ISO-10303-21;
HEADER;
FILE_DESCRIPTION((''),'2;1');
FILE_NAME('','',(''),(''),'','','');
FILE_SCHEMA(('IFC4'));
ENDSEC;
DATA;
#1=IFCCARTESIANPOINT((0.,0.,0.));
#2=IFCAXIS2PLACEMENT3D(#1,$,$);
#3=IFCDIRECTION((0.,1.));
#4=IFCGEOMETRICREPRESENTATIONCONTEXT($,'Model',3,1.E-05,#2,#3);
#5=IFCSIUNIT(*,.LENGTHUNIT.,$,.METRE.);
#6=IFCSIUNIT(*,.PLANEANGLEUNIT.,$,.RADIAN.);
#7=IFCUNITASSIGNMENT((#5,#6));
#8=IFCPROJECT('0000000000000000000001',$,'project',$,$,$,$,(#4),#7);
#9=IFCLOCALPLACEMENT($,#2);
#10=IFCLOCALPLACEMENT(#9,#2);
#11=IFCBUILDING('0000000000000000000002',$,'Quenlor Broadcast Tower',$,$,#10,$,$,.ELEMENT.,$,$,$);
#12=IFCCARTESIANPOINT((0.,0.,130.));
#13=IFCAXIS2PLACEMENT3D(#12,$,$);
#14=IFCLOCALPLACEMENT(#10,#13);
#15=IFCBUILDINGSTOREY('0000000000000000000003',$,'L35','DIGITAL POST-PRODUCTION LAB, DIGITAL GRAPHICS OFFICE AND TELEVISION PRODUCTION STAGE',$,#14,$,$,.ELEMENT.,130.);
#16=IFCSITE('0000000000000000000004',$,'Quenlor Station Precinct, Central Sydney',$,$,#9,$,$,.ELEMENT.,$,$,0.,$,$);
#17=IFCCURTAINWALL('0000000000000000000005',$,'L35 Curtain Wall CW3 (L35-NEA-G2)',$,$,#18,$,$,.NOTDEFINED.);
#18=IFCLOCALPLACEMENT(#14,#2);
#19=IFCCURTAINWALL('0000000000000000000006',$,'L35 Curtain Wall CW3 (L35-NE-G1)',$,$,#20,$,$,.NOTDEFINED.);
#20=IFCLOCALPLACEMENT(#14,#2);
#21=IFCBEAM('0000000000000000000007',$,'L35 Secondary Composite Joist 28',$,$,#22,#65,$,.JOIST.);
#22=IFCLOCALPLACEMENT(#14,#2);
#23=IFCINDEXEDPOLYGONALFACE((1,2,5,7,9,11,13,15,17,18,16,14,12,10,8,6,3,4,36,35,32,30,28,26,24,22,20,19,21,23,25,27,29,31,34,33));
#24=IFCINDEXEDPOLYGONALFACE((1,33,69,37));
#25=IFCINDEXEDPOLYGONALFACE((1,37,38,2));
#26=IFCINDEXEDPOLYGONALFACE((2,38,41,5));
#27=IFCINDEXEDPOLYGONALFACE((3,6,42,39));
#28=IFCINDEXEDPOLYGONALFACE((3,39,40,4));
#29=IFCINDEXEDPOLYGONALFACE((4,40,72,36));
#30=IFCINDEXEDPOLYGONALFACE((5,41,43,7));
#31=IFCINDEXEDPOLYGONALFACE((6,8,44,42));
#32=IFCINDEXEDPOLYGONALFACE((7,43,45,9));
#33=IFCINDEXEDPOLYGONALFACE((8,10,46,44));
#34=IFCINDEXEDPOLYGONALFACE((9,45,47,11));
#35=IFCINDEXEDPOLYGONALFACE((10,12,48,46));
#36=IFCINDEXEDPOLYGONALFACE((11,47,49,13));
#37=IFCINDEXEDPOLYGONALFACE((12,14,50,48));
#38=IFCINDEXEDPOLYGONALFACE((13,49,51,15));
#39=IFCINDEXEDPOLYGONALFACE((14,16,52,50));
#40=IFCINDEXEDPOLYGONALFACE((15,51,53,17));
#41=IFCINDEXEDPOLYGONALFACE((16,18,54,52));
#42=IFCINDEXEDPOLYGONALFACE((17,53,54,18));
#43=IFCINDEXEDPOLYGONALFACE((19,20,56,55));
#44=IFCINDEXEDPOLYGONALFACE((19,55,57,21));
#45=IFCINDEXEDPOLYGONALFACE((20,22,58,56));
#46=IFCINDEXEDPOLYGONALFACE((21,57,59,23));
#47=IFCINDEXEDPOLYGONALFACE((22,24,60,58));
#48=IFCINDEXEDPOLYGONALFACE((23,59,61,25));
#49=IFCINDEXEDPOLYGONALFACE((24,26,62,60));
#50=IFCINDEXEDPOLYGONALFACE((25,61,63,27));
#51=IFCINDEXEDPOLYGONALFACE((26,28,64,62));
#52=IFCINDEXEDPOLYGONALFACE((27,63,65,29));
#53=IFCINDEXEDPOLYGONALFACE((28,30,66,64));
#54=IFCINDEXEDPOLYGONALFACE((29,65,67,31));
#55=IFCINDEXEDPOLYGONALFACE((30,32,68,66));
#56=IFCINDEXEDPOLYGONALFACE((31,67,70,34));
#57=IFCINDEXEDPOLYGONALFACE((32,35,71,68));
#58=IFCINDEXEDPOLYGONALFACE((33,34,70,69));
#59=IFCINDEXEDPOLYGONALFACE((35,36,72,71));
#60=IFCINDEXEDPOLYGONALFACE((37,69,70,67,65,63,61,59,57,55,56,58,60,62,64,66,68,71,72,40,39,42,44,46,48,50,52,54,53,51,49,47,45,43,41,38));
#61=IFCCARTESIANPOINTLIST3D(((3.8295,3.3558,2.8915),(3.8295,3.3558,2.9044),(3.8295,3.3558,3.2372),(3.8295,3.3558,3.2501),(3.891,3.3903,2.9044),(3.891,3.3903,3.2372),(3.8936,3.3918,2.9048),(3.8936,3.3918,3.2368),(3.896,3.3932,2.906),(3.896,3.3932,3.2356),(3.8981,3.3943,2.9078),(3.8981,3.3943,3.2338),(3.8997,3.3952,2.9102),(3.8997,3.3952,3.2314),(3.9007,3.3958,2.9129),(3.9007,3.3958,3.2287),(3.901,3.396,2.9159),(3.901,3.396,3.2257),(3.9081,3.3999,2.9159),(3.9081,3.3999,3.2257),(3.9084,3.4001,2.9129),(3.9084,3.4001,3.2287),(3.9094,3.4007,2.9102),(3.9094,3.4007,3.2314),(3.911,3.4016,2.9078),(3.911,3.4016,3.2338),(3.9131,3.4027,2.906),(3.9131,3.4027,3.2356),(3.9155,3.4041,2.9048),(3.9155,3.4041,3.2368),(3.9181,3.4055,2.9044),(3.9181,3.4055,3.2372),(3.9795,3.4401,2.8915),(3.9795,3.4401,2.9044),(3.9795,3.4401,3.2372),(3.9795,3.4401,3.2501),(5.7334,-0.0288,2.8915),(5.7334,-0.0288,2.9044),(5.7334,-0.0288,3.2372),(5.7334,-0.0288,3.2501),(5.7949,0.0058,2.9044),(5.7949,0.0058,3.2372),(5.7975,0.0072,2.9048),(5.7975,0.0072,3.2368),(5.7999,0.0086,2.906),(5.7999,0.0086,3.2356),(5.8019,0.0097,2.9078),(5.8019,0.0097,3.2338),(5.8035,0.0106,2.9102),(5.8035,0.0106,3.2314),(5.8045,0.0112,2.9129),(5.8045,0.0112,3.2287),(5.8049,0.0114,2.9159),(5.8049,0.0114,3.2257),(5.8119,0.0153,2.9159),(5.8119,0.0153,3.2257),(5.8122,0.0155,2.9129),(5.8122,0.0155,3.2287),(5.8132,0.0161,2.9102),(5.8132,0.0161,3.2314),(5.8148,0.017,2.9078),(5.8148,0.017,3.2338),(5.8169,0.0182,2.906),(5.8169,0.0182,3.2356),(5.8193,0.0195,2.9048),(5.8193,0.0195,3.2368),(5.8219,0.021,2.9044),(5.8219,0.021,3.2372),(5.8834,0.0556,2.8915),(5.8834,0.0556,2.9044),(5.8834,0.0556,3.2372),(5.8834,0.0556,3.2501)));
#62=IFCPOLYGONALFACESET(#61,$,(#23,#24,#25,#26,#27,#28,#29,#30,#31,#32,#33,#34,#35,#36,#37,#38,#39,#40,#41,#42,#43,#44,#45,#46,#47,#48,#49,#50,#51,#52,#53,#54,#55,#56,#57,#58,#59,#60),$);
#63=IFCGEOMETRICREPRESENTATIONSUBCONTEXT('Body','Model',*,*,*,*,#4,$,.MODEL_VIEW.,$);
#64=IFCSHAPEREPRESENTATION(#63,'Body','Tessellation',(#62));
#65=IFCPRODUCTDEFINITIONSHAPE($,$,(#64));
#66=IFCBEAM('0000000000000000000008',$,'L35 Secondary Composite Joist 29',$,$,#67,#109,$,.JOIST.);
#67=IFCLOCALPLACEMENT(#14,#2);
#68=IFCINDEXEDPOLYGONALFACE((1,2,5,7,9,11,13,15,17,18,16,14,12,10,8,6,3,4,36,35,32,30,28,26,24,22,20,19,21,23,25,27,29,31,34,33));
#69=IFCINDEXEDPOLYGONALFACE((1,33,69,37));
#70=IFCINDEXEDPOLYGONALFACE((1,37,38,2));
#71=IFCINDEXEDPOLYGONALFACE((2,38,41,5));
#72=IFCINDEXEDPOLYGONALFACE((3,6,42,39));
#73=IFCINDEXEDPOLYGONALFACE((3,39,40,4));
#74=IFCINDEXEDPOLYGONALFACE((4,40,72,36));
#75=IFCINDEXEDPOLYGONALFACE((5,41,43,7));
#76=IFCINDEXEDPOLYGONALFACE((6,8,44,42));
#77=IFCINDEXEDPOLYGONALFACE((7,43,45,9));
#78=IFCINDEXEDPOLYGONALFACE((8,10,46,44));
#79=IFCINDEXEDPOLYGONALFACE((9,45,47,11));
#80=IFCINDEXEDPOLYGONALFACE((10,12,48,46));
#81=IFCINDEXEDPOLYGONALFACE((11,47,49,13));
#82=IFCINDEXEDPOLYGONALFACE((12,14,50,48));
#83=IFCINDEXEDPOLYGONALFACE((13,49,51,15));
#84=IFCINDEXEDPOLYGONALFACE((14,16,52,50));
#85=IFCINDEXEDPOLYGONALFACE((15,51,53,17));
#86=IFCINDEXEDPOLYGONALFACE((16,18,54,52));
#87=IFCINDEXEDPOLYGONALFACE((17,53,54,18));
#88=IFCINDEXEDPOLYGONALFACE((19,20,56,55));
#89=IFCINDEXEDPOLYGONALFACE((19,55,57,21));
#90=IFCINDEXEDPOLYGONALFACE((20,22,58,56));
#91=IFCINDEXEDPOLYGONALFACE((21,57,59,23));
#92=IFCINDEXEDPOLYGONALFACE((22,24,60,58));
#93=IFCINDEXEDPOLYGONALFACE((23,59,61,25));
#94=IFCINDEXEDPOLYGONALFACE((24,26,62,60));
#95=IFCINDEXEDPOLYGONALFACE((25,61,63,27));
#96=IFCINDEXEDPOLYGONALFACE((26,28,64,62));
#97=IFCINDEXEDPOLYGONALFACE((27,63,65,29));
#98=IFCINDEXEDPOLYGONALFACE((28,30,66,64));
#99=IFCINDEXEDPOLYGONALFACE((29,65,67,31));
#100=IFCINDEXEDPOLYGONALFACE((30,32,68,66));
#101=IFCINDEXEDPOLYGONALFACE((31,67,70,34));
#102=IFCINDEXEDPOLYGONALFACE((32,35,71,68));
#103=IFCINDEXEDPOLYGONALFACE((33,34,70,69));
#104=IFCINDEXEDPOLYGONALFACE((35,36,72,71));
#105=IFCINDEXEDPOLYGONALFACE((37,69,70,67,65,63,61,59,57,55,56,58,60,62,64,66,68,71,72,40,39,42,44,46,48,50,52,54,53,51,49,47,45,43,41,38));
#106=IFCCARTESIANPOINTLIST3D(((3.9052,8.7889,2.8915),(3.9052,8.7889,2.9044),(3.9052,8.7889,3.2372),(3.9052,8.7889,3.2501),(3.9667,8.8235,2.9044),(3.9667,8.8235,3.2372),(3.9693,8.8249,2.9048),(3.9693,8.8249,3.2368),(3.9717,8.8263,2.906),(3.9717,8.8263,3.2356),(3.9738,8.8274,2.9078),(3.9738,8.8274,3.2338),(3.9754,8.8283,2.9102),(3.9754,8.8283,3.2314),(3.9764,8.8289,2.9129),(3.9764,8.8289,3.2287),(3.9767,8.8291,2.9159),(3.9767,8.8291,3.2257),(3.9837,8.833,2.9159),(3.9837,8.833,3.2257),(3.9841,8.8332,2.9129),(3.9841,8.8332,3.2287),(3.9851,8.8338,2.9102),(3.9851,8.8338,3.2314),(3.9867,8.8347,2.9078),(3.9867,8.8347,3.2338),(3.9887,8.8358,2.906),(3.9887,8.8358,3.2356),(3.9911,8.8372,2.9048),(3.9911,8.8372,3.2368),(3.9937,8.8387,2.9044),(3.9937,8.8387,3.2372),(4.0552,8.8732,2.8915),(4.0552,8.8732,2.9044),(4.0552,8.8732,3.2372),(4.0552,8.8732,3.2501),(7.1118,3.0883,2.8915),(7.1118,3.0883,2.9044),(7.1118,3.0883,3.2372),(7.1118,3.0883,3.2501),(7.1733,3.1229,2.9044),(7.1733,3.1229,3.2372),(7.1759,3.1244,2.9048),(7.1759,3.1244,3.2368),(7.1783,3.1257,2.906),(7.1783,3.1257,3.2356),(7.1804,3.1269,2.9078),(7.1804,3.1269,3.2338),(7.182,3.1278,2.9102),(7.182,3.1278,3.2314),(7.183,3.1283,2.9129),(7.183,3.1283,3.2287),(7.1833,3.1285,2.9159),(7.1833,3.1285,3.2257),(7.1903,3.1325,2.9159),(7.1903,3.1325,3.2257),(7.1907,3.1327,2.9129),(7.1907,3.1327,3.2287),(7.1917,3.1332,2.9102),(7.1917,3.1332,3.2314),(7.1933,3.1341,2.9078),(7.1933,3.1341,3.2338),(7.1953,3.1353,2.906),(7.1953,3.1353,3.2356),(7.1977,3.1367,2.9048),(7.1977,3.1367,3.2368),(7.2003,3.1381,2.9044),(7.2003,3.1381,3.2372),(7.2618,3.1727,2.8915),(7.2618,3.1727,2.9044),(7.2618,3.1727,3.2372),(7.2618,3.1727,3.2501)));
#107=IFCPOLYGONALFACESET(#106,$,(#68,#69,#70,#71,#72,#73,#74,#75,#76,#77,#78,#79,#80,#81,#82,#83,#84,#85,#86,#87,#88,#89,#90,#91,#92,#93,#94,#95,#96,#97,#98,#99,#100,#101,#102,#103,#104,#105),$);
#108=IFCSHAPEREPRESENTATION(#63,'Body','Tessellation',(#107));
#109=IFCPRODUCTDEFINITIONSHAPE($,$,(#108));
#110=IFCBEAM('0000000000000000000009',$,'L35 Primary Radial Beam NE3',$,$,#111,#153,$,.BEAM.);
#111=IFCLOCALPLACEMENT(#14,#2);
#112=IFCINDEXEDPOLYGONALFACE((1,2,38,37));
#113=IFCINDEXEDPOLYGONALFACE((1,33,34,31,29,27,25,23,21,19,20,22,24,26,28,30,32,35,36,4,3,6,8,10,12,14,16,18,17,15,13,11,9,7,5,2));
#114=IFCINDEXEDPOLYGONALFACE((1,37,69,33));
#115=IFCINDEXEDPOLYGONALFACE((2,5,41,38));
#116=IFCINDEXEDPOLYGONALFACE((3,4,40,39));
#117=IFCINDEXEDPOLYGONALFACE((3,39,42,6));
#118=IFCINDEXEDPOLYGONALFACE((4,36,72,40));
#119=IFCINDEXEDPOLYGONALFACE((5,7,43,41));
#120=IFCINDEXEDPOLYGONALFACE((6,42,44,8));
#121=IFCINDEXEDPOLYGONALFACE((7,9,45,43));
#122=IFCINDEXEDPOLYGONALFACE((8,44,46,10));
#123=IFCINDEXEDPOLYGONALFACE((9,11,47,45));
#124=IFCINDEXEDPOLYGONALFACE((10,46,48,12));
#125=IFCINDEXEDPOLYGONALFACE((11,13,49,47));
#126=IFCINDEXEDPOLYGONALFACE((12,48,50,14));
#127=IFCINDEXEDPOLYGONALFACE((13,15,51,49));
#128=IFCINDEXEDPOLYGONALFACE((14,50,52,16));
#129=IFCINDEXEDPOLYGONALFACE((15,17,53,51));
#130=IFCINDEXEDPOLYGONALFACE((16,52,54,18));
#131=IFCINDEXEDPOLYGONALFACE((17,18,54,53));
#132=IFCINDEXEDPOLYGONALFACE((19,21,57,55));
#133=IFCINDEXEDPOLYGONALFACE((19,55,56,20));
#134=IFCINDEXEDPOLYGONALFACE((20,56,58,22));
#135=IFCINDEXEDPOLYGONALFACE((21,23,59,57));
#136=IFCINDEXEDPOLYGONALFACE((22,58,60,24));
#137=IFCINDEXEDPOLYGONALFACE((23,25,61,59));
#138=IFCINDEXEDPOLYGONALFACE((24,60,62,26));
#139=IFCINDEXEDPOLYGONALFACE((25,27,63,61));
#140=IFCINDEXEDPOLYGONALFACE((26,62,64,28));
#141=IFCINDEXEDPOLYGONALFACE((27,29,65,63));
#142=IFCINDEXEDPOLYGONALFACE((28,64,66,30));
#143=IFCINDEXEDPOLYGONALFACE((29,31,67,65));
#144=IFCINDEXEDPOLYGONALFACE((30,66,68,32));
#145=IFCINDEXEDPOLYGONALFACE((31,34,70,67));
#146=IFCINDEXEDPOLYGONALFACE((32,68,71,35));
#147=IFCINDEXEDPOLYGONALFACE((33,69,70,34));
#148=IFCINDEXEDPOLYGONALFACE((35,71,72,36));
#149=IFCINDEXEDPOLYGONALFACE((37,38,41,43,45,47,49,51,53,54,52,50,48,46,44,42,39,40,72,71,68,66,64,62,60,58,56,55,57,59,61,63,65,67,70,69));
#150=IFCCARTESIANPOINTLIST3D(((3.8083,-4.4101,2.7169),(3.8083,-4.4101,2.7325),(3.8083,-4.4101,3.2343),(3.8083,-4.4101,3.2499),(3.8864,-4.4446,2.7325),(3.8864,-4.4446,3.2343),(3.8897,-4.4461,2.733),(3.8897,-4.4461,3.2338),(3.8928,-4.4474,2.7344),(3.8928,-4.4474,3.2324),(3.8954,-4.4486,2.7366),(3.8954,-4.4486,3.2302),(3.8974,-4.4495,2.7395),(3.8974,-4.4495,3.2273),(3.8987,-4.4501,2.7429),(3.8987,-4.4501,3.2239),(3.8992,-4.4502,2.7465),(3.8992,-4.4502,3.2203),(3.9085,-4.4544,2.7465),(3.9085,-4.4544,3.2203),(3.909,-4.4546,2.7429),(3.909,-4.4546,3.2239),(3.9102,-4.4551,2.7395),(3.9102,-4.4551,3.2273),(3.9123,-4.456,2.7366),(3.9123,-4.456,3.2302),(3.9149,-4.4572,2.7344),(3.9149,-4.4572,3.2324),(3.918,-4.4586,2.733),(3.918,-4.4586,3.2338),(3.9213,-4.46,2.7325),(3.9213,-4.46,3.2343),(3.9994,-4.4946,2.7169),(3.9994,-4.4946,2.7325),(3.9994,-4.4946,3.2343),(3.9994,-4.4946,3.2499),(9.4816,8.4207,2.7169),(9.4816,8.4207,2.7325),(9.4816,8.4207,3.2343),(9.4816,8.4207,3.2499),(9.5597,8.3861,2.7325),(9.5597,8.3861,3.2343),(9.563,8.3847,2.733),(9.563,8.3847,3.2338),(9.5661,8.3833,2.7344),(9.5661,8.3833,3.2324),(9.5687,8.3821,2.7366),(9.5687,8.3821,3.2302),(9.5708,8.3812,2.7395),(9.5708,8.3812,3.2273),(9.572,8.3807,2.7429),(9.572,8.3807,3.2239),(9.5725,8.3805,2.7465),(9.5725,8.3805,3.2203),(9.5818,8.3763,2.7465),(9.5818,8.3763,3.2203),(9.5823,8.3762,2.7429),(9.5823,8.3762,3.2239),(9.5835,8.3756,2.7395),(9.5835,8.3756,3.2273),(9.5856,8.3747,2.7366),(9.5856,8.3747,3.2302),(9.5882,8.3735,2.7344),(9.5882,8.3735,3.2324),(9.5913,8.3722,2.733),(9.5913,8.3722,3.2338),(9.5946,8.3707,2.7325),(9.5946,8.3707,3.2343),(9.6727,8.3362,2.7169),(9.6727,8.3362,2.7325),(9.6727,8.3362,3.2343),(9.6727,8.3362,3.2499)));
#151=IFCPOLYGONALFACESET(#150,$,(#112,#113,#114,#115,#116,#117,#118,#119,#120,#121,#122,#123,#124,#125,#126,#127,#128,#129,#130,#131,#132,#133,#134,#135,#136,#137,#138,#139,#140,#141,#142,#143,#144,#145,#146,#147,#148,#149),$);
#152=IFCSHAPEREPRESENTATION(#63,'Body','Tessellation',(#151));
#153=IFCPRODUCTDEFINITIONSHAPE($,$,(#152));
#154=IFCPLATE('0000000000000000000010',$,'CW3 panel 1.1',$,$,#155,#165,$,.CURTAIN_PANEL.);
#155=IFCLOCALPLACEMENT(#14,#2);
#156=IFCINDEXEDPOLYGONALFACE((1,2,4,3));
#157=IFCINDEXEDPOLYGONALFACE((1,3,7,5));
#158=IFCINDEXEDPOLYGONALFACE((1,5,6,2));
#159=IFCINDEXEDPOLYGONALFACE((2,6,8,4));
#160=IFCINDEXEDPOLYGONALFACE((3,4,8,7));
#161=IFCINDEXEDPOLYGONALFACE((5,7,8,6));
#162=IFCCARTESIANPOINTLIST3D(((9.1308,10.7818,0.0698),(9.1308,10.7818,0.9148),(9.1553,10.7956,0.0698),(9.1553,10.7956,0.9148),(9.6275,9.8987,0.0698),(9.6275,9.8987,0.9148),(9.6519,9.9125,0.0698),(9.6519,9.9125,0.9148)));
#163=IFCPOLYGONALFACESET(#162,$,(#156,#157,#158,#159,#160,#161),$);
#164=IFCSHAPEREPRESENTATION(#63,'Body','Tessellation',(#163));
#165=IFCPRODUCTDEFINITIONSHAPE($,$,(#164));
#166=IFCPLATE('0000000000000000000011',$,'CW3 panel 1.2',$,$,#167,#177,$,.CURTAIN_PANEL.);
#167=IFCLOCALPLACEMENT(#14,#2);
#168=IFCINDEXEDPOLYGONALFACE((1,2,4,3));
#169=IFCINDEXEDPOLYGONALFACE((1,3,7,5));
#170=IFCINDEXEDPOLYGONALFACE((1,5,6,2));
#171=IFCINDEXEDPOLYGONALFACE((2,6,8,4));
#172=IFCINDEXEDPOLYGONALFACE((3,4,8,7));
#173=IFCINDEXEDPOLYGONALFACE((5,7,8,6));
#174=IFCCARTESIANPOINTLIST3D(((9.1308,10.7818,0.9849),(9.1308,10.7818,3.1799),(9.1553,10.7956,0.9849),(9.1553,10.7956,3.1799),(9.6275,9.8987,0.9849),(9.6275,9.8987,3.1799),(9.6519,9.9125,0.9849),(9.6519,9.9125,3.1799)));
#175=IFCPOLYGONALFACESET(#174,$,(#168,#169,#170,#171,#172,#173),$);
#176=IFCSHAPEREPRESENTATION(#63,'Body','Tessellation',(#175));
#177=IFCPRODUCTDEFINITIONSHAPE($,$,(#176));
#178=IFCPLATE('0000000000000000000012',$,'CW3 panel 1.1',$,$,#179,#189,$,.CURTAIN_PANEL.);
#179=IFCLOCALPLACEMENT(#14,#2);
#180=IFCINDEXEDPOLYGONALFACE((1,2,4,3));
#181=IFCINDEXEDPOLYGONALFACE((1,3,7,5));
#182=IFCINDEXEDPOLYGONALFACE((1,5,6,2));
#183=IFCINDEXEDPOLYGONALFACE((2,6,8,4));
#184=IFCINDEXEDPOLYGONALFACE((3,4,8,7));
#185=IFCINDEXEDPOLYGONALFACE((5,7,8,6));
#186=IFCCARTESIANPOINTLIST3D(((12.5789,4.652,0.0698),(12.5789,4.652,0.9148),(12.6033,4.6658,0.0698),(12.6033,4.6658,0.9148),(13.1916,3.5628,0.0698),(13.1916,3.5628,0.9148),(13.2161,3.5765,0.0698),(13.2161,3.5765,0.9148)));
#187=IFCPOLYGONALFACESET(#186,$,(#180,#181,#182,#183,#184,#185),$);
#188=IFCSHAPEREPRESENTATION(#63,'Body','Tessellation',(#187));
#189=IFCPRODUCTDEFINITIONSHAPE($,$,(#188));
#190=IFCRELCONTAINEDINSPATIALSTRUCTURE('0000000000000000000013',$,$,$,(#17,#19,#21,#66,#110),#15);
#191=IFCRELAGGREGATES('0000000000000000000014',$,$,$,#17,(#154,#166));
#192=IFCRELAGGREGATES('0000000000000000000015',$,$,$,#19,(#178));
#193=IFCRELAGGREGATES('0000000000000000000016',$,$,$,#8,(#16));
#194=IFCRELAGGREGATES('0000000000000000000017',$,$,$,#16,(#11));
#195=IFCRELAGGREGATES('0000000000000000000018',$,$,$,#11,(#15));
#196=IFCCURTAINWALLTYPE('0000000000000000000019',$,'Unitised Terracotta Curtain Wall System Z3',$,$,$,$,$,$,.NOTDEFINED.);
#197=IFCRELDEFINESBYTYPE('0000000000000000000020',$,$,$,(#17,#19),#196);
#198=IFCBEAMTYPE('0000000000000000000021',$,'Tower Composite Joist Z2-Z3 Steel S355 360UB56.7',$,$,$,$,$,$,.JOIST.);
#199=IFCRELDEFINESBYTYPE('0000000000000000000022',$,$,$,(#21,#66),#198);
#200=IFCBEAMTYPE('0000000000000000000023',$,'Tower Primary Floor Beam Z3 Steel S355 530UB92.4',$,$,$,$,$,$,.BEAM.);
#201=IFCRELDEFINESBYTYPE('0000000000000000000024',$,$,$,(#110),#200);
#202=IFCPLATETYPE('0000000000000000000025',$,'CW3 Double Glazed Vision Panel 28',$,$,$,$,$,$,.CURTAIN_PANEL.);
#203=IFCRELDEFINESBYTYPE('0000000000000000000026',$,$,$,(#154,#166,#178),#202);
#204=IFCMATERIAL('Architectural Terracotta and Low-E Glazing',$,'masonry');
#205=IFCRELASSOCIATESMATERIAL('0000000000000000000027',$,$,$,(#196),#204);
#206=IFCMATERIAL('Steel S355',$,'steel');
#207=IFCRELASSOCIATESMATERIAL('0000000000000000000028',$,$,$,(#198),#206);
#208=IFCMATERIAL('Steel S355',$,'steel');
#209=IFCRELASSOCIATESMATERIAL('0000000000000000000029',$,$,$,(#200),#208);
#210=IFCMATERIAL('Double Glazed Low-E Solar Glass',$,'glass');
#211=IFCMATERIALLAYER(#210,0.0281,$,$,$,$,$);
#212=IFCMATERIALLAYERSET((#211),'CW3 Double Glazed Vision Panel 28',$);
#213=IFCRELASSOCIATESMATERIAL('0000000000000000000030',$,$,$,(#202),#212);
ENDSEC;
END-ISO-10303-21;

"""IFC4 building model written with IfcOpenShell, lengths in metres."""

from ifc_helpers import new_model, si_unit, direction, frame, origin, origin_2d, place, context, subcontext, project, spatial, rectangle, i_section, extrude, material, layer, layer_set, material_profile, profile_set, type_object, element, aggregate, save


model = new_model("IFC4")

# Units and contexts
model_context = context("Model", 3, precision=1e-05, world=origin(), true_north=direction((0.0, 1.0)))
body_context = subcontext(model_context, "Body", "Model", "MODEL_VIEW")
ifc_project = project(units=[si_unit("LENGTHUNIT", "METRE"), si_unit("PLANEANGLEUNIT", "RADIAN")], contexts=[model_context])

# Site, building, storey
site_placement = place(None, origin())
site = spatial("IfcSite", under=ifc_project, at=site_placement, Name="Quenlor Station Precinct, Central Sydney", CompositionType="ELEMENT", RefElevation=0.0)
building_placement = place(site_placement, origin())
building = spatial("IfcBuilding", under=site, at=building_placement, Name="Quenlor Broadcast Tower", CompositionType="ELEMENT")
storey_placement = place(building_placement, frame((0.0, 0.0, 130.0)))
storey = spatial("IfcBuildingStorey", under=building, at=storey_placement, Name="L35", Description="DIGITAL POST-PRODUCTION LAB, DIGITAL GRAPHICS OFFICE AND TELEVISION PRODUCTION STAGE", CompositionType="ELEMENT", Elevation=130.0)

# Curtain wall
ifc_material_1 = material(Name="Architectural Terracotta and Low-E Glazing", Category="masonry")
curtain_wall_type = type_object("IfcCurtainWallType", Name="Unitised Terracotta Curtain Wall System Z3", PredefinedType="NOTDEFINED", material=ifc_material_1)
curtain_wall_1_placement = place(storey_placement, origin())
curtain_wall_1 = element("IfcCurtainWall", 1, at=curtain_wall_1_placement, inside=storey, type_object=curtain_wall_type, Name="L35 Curtain Wall CW3 (L35-NEA-G2)", PredefinedType="NOTDEFINED")

# Curtain wall
curtain_wall_2_placement = place(storey_placement, origin())
curtain_wall_2 = element("IfcCurtainWall", 2, at=curtain_wall_2_placement, inside=storey, type_object=curtain_wall_type, Name="L35 Curtain Wall CW3 (L35-NE-G1)", PredefinedType="NOTDEFINED")

# Beams
ifc_material_2 = material(Name="Steel S355", Category="steel")
ifc_material_profile_1 = material_profile(ifc_material_2, i_section(OverallWidth=0.1721, OverallDepth=0.3586, WebThickness=0.0081, FlangeThickness=0.0129, FilletRadius=0.0115, at=origin_2d()))
ifc_profile_set_1 = profile_set([ifc_material_profile_1], Name="Steel S355 360UB56.7")
beam_type_1 = type_object("IfcBeamType", Name="Tower Composite Joist Z2-Z3 Steel S355 360UB56.7", PredefinedType="JOIST", material=ifc_profile_set_1)
beam_1_placement = place(storey_placement, frame((3.9045, 3.3979, 3.0708), z_axis=(0.490264, -0.871574, 0.0), x_axis=(0.871574, 0.490264, 0.0)))
element("IfcBeam", 3, at=beam_1_placement, inside=storey, type_object=beam_type_1, Name="L35 Secondary Composite Joist 28", PredefinedType="JOIST", context=body_context, shape_type="SweptSolid", body=[
    extrude(i_section(OverallWidth=0.1721, OverallDepth=0.3586, WebThickness=0.0081, FlangeThickness=0.0129, FilletRadius=0.0115, at=origin_2d()), origin(), (0.0, 0.0, 1.0), 3.8833),
])
beam_2_placement = place(storey_placement, frame((3.9802, 8.8311, 3.0708), z_axis=(0.490267, -0.871573, 0.0), x_axis=(0.871573, 0.490267, 0.0)))
element("IfcBeam", 4, at=beam_2_placement, inside=storey, type_object=beam_type_1, Name="L35 Secondary Composite Joist 29", PredefinedType="JOIST", context=body_context, shape_type="SweptSolid", body=[
    extrude(i_section(OverallWidth=0.1721, OverallDepth=0.3586, WebThickness=0.0081, FlangeThickness=0.0129, FilletRadius=0.0115, at=origin_2d()), origin(), (0.0, 0.0, 1.0), 6.5405),
])
ifc_material_3 = material(Name="Steel S355", Category="steel")
ifc_material_profile_2 = material_profile(ifc_material_3, i_section(OverallWidth=0.209, OverallDepth=0.533, WebThickness=0.0103, FlangeThickness=0.0156, FilletRadius=0.0139, at=origin_2d()))
ifc_profile_set_2 = profile_set([ifc_material_profile_2], Name="Steel S355 530UB92.4")
beam_type_2 = type_object("IfcBeamType", Name="Tower Primary Floor Beam Z3 Steel S355 530UB92.4", PredefinedType="BEAM", material=ifc_profile_set_2)
beam_3_placement = place(storey_placement, frame((9.5771, 8.3784, 2.9834), z_axis=(-0.404397, -0.914583, 0.0), x_axis=(0.914583, -0.404397, 0.0)))
element("IfcBeam", 5, at=beam_3_placement, inside=storey, type_object=beam_type_2, Name="L35 Primary Radial Beam NE3", PredefinedType="BEAM", context=body_context, shape_type="SweptSolid", body=[
    extrude(i_section(OverallWidth=0.209, OverallDepth=0.533, WebThickness=0.0103, FlangeThickness=0.0156, FilletRadius=0.0139, at=origin_2d()), origin(), (0.0, 0.0, 1.0), 14.0291),
])

# Plates
ifc_material_4 = material(Name="Double Glazed Low-E Solar Glass", Category="glass")
ifc_layer_1 = layer(ifc_material_4, 0.0281)
ifc_layer_set_1 = layer_set([ifc_layer_1], Name="CW3 Double Glazed Vision Panel 28")
plate_type_1 = type_object("IfcPlateType", Name="CW3 Double Glazed Vision Panel 28", PredefinedType="CURTAIN_PANEL", material=ifc_layer_set_1)
plate_1_placement = place(storey_placement, frame((9.3914, 10.3472, 0.0698), z_axis=(0.0, 0.0, 1.0), x_axis=(0.490216, -0.871601, 0.0)))
plate_1 = element("IfcPlate", 6, at=plate_1_placement, type_object=plate_type_1, Name="CW3 panel 1.1", PredefinedType="CURTAIN_PANEL", context=body_context, shape_type="SweptSolid", body=[
    extrude(rectangle(XDim=1.0132, YDim=0.0281, at=origin_2d()), origin(), (0.0, 0.0, 1.0), 0.845),
])
plate_2_placement = place(storey_placement, frame((9.3914, 10.3472, 0.9849), z_axis=(0.0, 0.0, 1.0), x_axis=(0.490216, -0.871601, 0.0)))
plate_2 = element("IfcPlate", 7, at=plate_2_placement, type_object=plate_type_1, Name="CW3 panel 1.2", PredefinedType="CURTAIN_PANEL", context=body_context, shape_type="SweptSolid", body=[
    extrude(rectangle(XDim=1.0132, YDim=0.0281, at=origin_2d()), origin(), (0.0, 0.0, 1.0), 2.1951),
])
aggregate(curtain_wall_1, [plate_1, plate_2])
plate_3_placement = place(storey_placement, frame((12.8975, 4.1143, 0.0698), z_axis=(0.0, 0.0, 1.0), x_axis=(0.490285, -0.871562, 0.0)))
plate_3 = element("IfcPlate", 8, at=plate_3_placement, type_object=plate_type_1, Name="CW3 panel 1.1", PredefinedType="CURTAIN_PANEL", context=body_context, shape_type="SweptSolid", body=[
    extrude(rectangle(XDim=1.2498, YDim=0.0281, at=origin_2d()), origin(), (0.0, 0.0, 1.0), 0.845),
])
aggregate(curtain_wall_2, [plate_3])

save(model, "model.ifc")
